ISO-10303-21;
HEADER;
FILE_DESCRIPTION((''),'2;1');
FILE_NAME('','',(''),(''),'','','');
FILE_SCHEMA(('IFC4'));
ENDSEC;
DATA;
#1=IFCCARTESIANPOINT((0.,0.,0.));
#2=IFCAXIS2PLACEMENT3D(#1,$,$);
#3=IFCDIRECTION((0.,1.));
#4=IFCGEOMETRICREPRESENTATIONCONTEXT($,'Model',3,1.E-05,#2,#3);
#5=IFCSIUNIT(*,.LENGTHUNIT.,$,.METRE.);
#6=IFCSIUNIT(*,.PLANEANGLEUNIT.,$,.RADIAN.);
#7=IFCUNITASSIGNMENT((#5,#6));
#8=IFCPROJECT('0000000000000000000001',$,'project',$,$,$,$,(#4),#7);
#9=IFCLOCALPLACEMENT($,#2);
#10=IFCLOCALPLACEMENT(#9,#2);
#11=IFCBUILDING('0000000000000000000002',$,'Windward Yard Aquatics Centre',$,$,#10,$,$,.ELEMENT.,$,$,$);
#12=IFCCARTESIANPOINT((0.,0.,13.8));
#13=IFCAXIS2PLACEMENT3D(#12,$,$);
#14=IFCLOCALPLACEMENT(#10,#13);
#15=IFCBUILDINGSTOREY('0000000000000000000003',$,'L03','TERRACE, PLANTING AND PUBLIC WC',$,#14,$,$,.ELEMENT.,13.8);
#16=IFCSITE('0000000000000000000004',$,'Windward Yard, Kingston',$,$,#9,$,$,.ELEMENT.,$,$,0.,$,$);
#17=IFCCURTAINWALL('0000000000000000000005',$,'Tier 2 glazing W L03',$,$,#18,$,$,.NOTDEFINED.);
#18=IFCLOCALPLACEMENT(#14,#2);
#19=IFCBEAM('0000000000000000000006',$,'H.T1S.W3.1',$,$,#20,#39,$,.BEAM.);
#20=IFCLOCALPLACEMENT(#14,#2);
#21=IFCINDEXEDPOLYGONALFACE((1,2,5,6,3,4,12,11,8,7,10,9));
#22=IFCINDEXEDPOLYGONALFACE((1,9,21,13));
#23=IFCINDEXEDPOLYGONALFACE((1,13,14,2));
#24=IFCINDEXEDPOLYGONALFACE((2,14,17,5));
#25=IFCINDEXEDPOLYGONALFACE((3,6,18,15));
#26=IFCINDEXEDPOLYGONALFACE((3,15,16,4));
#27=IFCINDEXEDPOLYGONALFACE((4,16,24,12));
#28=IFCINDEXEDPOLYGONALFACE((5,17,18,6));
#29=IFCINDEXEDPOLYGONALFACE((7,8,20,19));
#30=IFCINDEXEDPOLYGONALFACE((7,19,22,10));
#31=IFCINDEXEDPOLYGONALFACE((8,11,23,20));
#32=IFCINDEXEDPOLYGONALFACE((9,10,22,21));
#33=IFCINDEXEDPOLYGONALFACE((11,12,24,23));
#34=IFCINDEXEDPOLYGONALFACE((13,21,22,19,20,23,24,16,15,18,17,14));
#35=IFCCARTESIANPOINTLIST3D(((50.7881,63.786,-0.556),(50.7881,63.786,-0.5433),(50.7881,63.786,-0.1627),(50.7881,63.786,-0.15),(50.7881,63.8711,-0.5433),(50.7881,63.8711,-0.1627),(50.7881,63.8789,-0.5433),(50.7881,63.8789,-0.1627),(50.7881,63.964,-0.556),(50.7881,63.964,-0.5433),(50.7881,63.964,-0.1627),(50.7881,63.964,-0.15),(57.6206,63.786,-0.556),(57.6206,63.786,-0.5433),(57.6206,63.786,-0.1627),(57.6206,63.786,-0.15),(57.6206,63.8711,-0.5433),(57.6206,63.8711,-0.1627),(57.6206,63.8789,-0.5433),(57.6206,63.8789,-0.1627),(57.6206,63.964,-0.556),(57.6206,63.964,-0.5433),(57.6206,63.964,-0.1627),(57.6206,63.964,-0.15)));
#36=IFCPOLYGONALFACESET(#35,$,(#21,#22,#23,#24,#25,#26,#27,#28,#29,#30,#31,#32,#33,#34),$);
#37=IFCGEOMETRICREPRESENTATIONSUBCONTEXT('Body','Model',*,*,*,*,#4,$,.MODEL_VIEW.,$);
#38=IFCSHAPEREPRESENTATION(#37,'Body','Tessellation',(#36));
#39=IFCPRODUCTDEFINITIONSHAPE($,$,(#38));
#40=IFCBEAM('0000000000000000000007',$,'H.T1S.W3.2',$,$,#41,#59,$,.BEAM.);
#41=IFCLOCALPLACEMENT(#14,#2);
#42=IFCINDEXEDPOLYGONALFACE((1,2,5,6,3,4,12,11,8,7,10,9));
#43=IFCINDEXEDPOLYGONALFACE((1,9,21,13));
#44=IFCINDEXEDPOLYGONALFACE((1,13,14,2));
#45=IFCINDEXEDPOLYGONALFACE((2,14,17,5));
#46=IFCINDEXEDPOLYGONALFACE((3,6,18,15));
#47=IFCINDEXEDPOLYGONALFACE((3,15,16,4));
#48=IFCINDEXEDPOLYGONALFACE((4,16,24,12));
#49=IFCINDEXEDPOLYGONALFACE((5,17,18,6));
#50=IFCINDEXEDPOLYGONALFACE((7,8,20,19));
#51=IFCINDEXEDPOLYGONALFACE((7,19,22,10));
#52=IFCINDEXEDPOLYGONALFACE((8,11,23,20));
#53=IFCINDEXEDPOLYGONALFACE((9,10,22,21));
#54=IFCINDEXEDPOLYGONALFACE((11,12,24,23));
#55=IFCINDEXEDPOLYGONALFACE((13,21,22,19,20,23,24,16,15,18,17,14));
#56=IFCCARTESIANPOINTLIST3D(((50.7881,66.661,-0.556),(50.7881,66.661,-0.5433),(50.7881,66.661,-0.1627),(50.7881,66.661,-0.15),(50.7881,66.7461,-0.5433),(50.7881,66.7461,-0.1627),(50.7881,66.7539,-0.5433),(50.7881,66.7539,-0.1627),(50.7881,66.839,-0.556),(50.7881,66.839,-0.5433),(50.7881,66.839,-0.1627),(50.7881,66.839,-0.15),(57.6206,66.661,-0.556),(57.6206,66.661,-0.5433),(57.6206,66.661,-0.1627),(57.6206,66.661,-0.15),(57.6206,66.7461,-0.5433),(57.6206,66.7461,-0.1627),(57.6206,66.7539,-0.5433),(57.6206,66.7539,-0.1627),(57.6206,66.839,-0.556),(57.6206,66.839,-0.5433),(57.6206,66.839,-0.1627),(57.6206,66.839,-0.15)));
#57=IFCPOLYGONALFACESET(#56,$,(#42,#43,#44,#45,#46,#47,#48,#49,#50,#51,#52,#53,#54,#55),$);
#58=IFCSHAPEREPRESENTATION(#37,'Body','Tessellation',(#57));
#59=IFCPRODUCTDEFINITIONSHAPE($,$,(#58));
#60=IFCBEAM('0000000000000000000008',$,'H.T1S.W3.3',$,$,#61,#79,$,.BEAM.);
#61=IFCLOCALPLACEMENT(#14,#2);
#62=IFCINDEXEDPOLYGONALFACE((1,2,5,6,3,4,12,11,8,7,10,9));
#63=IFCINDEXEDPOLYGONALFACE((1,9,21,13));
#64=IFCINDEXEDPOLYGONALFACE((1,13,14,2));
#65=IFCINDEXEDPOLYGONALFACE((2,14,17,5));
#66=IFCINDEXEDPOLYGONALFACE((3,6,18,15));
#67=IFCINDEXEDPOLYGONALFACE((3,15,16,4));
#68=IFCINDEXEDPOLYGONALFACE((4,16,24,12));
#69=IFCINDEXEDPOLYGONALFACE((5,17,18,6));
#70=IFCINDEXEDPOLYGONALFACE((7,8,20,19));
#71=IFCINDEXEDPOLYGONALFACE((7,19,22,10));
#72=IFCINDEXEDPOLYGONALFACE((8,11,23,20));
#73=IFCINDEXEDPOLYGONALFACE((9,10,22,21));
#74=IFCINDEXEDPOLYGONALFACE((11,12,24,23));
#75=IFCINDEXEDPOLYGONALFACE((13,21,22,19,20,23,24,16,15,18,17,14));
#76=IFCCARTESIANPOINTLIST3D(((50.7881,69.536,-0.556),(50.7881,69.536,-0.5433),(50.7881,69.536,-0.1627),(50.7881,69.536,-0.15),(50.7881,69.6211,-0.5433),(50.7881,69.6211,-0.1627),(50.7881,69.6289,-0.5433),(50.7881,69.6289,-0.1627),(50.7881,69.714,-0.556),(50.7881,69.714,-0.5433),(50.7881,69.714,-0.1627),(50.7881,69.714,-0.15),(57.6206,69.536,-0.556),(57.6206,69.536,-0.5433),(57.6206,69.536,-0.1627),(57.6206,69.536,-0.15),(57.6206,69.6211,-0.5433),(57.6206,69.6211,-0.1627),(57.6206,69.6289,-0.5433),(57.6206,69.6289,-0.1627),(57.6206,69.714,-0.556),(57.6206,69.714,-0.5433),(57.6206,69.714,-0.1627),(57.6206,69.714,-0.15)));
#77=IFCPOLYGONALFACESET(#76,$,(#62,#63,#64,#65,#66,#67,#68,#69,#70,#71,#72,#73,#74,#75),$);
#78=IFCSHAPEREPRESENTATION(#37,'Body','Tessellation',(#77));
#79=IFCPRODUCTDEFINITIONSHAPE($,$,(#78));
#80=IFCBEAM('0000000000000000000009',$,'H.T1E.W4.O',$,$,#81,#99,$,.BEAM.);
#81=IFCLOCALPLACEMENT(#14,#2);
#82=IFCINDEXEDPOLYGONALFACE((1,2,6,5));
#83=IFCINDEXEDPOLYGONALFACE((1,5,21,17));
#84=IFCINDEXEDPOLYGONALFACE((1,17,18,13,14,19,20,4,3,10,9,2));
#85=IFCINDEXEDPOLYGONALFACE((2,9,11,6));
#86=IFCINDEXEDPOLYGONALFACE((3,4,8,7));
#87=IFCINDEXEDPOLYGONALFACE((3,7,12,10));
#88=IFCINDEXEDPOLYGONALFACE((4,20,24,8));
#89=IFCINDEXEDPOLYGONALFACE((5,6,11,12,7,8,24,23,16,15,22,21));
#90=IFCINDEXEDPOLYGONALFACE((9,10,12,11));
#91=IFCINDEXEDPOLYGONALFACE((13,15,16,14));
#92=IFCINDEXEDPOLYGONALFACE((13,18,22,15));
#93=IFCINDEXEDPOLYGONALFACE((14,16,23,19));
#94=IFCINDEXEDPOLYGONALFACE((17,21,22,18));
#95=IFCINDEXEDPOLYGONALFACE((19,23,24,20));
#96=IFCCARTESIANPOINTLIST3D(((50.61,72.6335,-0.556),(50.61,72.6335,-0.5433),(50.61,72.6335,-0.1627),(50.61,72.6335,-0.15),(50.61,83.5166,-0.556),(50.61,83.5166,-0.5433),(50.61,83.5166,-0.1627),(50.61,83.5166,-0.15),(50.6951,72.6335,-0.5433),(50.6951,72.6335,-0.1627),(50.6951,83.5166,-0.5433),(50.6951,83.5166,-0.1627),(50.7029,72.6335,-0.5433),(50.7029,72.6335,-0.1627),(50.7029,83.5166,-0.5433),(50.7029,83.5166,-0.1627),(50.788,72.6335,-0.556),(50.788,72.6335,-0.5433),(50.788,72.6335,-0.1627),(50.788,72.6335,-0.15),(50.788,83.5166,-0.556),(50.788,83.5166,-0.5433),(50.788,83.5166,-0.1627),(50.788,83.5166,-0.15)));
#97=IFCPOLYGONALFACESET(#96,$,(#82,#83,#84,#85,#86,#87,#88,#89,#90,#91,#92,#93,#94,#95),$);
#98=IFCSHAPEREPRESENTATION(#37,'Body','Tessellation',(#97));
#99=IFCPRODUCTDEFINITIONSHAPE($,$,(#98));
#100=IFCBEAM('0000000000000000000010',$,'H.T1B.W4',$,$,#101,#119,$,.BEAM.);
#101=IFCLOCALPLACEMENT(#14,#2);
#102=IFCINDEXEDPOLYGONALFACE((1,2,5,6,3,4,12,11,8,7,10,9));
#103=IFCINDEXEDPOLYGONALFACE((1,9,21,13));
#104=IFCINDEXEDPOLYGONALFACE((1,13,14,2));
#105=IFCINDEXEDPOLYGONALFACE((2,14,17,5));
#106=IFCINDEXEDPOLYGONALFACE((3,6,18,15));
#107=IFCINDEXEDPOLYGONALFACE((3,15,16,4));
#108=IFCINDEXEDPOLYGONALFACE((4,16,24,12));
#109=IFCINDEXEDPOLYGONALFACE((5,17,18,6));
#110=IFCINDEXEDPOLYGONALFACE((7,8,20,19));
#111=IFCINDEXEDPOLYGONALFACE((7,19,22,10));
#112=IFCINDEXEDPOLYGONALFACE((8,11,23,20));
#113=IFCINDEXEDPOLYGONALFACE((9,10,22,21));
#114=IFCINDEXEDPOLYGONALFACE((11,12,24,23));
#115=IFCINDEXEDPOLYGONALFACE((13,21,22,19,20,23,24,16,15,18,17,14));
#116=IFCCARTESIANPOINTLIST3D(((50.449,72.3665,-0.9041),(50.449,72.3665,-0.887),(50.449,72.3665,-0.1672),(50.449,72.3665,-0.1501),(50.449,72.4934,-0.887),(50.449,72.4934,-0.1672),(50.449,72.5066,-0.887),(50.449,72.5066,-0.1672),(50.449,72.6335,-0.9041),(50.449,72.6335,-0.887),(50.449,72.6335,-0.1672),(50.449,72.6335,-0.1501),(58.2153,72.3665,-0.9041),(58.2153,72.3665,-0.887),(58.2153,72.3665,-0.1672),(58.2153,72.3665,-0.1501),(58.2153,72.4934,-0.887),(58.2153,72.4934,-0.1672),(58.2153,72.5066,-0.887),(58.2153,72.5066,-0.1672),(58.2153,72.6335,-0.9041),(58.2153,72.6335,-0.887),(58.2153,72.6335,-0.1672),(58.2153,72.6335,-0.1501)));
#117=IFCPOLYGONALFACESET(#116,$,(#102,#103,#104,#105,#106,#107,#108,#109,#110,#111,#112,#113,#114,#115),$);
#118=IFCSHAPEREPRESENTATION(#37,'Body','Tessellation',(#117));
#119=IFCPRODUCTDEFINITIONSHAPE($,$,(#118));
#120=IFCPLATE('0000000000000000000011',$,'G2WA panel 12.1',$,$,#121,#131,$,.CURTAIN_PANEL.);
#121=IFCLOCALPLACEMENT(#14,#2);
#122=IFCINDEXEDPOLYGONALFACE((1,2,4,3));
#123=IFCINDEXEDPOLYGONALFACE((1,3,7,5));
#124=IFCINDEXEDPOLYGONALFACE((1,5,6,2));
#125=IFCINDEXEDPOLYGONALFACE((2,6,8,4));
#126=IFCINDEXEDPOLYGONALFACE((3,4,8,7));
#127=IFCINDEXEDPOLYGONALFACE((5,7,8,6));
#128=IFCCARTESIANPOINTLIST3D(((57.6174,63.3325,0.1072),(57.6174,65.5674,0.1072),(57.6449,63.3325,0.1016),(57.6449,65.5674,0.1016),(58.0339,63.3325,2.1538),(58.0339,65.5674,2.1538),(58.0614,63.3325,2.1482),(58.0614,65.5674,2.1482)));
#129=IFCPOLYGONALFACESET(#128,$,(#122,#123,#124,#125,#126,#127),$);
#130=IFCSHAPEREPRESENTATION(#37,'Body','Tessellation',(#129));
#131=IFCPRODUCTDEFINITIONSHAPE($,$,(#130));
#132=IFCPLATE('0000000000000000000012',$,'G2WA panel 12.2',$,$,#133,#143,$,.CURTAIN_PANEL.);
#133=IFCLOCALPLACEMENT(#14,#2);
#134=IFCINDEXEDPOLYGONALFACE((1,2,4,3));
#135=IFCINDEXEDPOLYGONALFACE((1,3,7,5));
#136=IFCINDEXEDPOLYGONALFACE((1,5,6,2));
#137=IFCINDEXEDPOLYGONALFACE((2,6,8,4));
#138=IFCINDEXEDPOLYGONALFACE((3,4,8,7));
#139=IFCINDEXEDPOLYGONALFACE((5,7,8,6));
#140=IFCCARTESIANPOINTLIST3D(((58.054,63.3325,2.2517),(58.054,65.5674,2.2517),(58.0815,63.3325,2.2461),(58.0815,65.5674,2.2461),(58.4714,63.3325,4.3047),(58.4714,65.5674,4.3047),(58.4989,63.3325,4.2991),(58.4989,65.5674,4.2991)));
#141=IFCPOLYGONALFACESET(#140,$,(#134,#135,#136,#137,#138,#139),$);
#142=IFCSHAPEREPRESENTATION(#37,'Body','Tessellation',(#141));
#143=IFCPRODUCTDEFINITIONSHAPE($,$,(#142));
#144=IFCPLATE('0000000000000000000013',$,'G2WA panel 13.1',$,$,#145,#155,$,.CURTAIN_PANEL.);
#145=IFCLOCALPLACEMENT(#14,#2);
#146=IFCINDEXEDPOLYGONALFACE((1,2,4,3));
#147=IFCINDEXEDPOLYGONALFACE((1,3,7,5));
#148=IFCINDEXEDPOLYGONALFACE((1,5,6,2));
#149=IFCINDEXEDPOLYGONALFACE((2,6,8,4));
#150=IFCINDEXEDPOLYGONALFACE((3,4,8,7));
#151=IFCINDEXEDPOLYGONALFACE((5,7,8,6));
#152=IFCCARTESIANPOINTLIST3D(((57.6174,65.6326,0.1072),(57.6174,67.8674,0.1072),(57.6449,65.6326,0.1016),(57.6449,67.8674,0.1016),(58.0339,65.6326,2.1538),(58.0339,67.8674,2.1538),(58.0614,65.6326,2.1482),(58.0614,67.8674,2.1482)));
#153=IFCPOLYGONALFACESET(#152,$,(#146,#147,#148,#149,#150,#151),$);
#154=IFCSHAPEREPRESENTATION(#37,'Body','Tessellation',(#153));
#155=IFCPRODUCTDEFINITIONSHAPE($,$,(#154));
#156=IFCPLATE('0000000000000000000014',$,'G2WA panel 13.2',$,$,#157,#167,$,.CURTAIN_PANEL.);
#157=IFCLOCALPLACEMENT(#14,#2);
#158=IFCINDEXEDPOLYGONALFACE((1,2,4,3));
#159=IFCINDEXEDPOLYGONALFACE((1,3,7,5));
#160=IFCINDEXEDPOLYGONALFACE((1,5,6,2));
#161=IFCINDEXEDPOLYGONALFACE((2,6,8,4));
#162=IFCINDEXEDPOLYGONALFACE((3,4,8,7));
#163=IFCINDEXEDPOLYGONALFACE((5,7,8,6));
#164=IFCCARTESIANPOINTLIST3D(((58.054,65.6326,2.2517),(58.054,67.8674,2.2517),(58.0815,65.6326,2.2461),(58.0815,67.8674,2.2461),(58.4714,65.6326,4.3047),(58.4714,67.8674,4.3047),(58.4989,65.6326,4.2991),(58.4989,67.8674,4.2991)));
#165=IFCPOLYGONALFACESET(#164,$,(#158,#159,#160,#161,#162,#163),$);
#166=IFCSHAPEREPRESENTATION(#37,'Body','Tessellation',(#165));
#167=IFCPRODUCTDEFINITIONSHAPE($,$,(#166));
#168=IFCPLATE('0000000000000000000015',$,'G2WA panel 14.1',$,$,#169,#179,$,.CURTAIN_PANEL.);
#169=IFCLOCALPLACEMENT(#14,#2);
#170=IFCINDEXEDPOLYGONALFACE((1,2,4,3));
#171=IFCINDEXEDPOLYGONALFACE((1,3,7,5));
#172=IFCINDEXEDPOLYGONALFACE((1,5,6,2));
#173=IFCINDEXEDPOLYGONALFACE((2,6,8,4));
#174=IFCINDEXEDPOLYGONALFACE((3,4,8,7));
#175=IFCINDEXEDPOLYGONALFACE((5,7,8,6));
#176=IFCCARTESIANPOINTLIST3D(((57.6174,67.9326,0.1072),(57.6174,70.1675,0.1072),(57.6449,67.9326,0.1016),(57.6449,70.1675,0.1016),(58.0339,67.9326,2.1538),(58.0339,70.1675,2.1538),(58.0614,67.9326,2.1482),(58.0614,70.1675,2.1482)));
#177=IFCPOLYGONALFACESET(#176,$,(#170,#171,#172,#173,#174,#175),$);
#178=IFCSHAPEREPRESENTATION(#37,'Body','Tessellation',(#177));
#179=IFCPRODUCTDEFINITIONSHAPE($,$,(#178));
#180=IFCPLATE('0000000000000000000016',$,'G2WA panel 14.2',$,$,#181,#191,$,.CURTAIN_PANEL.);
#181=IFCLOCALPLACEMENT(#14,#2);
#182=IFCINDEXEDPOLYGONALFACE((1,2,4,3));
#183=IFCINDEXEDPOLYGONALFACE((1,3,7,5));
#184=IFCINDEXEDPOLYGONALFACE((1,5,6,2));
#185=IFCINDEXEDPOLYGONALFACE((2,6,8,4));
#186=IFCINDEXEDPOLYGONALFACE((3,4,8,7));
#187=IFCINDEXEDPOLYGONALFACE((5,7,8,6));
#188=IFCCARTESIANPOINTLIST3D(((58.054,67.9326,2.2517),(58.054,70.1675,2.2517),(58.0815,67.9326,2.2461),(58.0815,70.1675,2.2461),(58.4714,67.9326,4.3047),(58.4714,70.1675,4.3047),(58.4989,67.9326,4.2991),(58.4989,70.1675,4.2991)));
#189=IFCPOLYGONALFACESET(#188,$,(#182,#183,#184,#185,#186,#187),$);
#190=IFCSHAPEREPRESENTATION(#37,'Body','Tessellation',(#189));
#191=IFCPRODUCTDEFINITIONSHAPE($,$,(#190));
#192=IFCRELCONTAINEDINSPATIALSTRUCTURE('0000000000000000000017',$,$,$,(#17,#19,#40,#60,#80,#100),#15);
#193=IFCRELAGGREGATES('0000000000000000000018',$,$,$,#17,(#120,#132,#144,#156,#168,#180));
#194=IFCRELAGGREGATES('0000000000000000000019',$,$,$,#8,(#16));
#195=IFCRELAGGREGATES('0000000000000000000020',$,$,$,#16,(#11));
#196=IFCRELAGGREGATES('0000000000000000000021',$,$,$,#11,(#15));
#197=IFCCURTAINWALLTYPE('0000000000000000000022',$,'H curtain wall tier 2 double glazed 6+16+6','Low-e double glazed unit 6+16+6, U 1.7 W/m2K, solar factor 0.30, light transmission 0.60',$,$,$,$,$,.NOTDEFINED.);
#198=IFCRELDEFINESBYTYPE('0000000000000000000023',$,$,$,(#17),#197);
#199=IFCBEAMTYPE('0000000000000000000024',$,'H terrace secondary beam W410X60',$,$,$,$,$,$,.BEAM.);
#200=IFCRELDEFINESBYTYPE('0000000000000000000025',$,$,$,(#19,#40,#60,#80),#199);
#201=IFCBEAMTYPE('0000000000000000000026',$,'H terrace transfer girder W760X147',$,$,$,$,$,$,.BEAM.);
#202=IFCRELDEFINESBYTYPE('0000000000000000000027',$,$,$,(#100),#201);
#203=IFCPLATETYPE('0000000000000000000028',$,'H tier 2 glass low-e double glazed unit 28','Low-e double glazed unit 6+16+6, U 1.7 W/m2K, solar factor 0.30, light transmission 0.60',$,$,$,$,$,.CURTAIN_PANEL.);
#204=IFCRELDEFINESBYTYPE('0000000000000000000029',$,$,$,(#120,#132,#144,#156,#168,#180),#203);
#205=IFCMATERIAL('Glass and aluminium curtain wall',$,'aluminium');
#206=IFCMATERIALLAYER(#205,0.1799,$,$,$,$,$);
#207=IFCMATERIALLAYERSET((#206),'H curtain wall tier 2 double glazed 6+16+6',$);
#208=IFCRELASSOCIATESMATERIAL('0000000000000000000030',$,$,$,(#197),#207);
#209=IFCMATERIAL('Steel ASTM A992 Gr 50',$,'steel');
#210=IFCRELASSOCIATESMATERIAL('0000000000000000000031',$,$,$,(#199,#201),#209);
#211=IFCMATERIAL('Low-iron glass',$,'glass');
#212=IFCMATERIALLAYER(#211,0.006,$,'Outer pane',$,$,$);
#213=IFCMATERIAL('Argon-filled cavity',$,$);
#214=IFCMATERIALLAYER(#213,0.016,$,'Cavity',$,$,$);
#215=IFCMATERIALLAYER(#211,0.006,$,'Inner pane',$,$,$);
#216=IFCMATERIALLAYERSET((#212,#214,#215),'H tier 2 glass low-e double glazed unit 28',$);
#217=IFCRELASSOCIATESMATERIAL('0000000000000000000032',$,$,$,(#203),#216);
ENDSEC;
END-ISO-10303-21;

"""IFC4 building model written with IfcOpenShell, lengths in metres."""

from ifc_helpers import new_model, si_unit, direction, frame, origin, origin_2d, place, context, subcontext, project, spatial, polyline, i_section, outline, extrude, material, layer, layer_set, material_profile, profile_set, type_object, element, aggregate, save


model = new_model("IFC4")

# Units and contexts
model_context = context("Model", 3, precision=1e-05, world=origin(), true_north=direction((0.0, 1.0)))
body_context = subcontext(model_context, "Body", "Model", "MODEL_VIEW")
ifc_project = project(units=[si_unit("LENGTHUNIT", "METRE"), si_unit("PLANEANGLEUNIT", "RADIAN")], contexts=[model_context])

# Site, building, storey
site_placement = place(None, origin())
site = spatial("IfcSite", under=ifc_project, at=site_placement, Name="Windward Yard, Kingston", CompositionType="ELEMENT", RefElevation=0.0)
building_placement = place(site_placement, origin())
building = spatial("IfcBuilding", under=site, at=building_placement, Name="Windward Yard Aquatics Centre", CompositionType="ELEMENT")
storey_placement = place(building_placement, frame((0.0, 0.0, 13.8)))
storey = spatial("IfcBuildingStorey", under=building, at=storey_placement, Name="L03", Description="TERRACE, PLANTING AND PUBLIC WC", CompositionType="ELEMENT", Elevation=13.8)

# Curtain wall
ifc_material_1 = material(Name="Glass and aluminium curtain wall", Category="aluminium")
ifc_layer_1 = layer(ifc_material_1, 0.1799)
ifc_layer_set_1 = layer_set([ifc_layer_1], Name="H curtain wall tier 2 double glazed 6+16+6")
curtain_wall_type = type_object("IfcCurtainWallType", Name="H curtain wall tier 2 double glazed 6+16+6", Description="Low-e double glazed unit 6+16+6, U 1.7 W/m2K, solar factor 0.30, light transmission 0.60", PredefinedType="NOTDEFINED", material=ifc_layer_set_1)
curtain_wall_placement = place(storey_placement, origin())
curtain_wall = element("IfcCurtainWall", 1, at=curtain_wall_placement, inside=storey, type_object=curtain_wall_type, Name="Tier 2 glazing W L03", PredefinedType="NOTDEFINED")

# Beams
ifc_material_2 = material(Name="Steel ASTM A992 Gr 50", Category="steel")
ifc_material_profile_1 = material_profile(ifc_material_2, i_section(OverallWidth=0.178, OverallDepth=0.406, WebThickness=0.0078, FlangeThickness=0.0127, at=origin_2d()), Name="W410X60")
ifc_profile_set_1 = profile_set([ifc_material_profile_1], Name="Steel ASTM A992 Gr 50")
beam_type_1 = type_object("IfcBeamType", Name="H terrace secondary beam W410X60", PredefinedType="BEAM", material=ifc_profile_set_1)
for number, where, z_axis, x_axis, name in (
    (2, (50.7881, 63.875, -0.353), (1.0, 0.0, 0.0), (0.0, 1.0, 0.0), "H.T1S.W3.1"),
    (3, (50.7881, 66.75, -0.353), (1.0, 0.0, 0.0), (0.0, 1.0, 0.0), "H.T1S.W3.2"),
    (4, (50.7881, 69.625, -0.353), (1.0, 0.0, 0.0), (0.0, 1.0, 0.0), "H.T1S.W3.3"),
):
    element("IfcBeam", number, at=place(storey_placement, frame(where, z_axis=z_axis, x_axis=x_axis)), inside=storey, type_object=beam_type_1, Name=name, PredefinedType="BEAM", context=body_context, shape_type="SweptSolid", body=[
        extrude(i_section(OverallWidth=0.178, OverallDepth=0.406, WebThickness=0.0078, FlangeThickness=0.0127, at=origin_2d()), origin(), (0.0, 0.0, 1.0), 6.8325),
    ])
beam_1_placement = place(storey_placement, frame((50.699, 72.6335, -0.353), z_axis=(0.0, 1.0, 0.0), x_axis=(-1.0, 0.0, 0.0)))
element("IfcBeam", 5, at=beam_1_placement, inside=storey, type_object=beam_type_1, Name="H.T1E.W4.O", PredefinedType="BEAM", context=body_context, shape_type="SweptSolid", body=[
    extrude(i_section(OverallWidth=0.178, OverallDepth=0.406, WebThickness=0.0078, FlangeThickness=0.0127, at=origin_2d()), origin(), (0.0, 0.0, 1.0), 10.8831),
])
ifc_material_profile_2 = material_profile(ifc_material_2, i_section(OverallWidth=0.2671, OverallDepth=0.7539, WebThickness=0.0132, FlangeThickness=0.0171, at=origin_2d()), Name="W760X147")
ifc_profile_set_2 = profile_set([ifc_material_profile_2], Name="Steel ASTM A992 Gr 50")
beam_type_2 = type_object("IfcBeamType", Name="H terrace transfer girder W760X147", PredefinedType="BEAM", material=ifc_profile_set_2)
beam_2_placement = place(storey_placement, frame((50.449, 72.5, -0.5271), z_axis=(1.0, 0.0, 0.0), x_axis=(0.0, 1.0, 0.0)))
element("IfcBeam", 6, at=beam_2_placement, inside=storey, type_object=beam_type_2, Name="H.T1B.W4", PredefinedType="BEAM", context=body_context, shape_type="SweptSolid", body=[
    extrude(i_section(OverallWidth=0.2671, OverallDepth=0.7539, WebThickness=0.0132, FlangeThickness=0.0171, at=origin_2d()), origin(), (0.0, 0.0, 1.0), 7.7664),
])

# Plates
ifc_material_3 = material(Name="Low-iron glass", Category="glass")
ifc_layer_2 = layer(ifc_material_3, 0.006, Name="Outer pane")
ifc_material_4 = material(Name="Argon-filled cavity")
ifc_layer_3 = layer(ifc_material_4, 0.016, Name="Cavity")
ifc_layer_4 = layer(ifc_material_3, 0.006, Name="Inner pane")
ifc_layer_set_2 = layer_set([ifc_layer_2, ifc_layer_3, ifc_layer_4], Name="H tier 2 glass low-e double glazed unit 28")
plate_type = type_object("IfcPlateType", Name="H tier 2 glass low-e double glazed unit 28", Description="Low-e double glazed unit 6+16+6, U 1.7 W/m2K, solar factor 0.30, light transmission 0.60", PredefinedType="CURTAIN_PANEL", material=ifc_layer_set_2)
plate_1_placement = place(storey_placement, frame((57.6174, 63.3325, 0.1072), z_axis=(-0.979914, 0.0, 0.199419), x_axis=(0.0, 1.0, 0.0)))
plate_1 = element("IfcPlate", 7, at=plate_1_placement, type_object=plate_type, Name="G2WA panel 12.1", PredefinedType="CURTAIN_PANEL", context=body_context, shape_type="SweptSolid", body=[
    extrude(outline(polyline([(0.0, 0.0), (2.2349, 0.0), (2.2349, -2.0886), (0.0, -2.0886), (0.0, 0.0)])), origin(), (0.0, 0.0, -1.0), 0.0281),
])
plate_2_placement = place(storey_placement, frame((58.054, 63.3325, 2.2517), z_axis=(-0.979944, 0.0, 0.199275), x_axis=(0.0, 1.0, 0.0)))
plate_2 = element("IfcPlate", 8, at=plate_2_placement, type_object=plate_type, Name="G2WA panel 12.2", PredefinedType="CURTAIN_PANEL", context=body_context, shape_type="SweptSolid", body=[
    extrude(outline(polyline([(0.0, 0.0), (2.2349, 0.0), (2.2349, -2.095), (0.0, -2.095), (0.0, 0.0)])), origin(), (0.0, 0.0, -1.0), 0.0281),
])
plate_3_placement = place(storey_placement, frame((57.6174, 65.6326, 0.1072), z_axis=(-0.979914, 0.0, 0.199419), x_axis=(0.0, 1.0, 0.0)))
plate_3 = element("IfcPlate", 9, at=plate_3_placement, type_object=plate_type, Name="G2WA panel 13.1", PredefinedType="CURTAIN_PANEL", context=body_context, shape_type="SweptSolid", body=[
    extrude(outline(polyline([(0.0, 0.0), (2.2349, 0.0), (2.2349, -2.0886), (0.0, -2.0886), (0.0, 0.0)])), origin(), (0.0, 0.0, -1.0), 0.0281),
])
plate_4_placement = place(storey_placement, frame((58.054, 65.6326, 2.2517), z_axis=(-0.979944, 0.0, 0.199275), x_axis=(0.0, 1.0, 0.0)))
plate_4 = element("IfcPlate", 10, at=plate_4_placement, type_object=plate_type, Name="G2WA panel 13.2", PredefinedType="CURTAIN_PANEL", context=body_context, shape_type="SweptSolid", body=[
    extrude(outline(polyline([(0.0, 0.0), (2.2349, 0.0), (2.2349, -2.095), (0.0, -2.095), (0.0, 0.0)])), origin(), (0.0, 0.0, -1.0), 0.0281),
])
plate_5_placement = place(storey_placement, frame((57.6174, 67.9326, 0.1072), z_axis=(-0.979914, 0.0, 0.199419), x_axis=(0.0, 1.0, 0.0)))
plate_5 = element("IfcPlate", 11, at=plate_5_placement, type_object=plate_type, Name="G2WA panel 14.1", PredefinedType="CURTAIN_PANEL", context=body_context, shape_type="SweptSolid", body=[
    extrude(outline(polyline([(0.0, 0.0), (2.2349, 0.0), (2.2349, -2.0886), (0.0, -2.0886), (0.0, 0.0)])), origin(), (0.0, 0.0, -1.0), 0.0281),
])
plate_6_placement = place(storey_placement, frame((58.054, 67.9326, 2.2517), z_axis=(-0.979944, 0.0, 0.199275), x_axis=(0.0, 1.0, 0.0)))
plate_6 = element("IfcPlate", 12, at=plate_6_placement, type_object=plate_type, Name="G2WA panel 14.2", PredefinedType="CURTAIN_PANEL", context=body_context, shape_type="SweptSolid", body=[
    extrude(outline(polyline([(0.0, 0.0), (2.2349, 0.0), (2.2349, -2.095), (0.0, -2.095), (0.0, 0.0)])), origin(), (0.0, 0.0, -1.0), 0.0281),
])
aggregate(curtain_wall, [plate_1, plate_2, plate_3, plate_4, plate_5, plate_6])

save(model, "model.ifc")
